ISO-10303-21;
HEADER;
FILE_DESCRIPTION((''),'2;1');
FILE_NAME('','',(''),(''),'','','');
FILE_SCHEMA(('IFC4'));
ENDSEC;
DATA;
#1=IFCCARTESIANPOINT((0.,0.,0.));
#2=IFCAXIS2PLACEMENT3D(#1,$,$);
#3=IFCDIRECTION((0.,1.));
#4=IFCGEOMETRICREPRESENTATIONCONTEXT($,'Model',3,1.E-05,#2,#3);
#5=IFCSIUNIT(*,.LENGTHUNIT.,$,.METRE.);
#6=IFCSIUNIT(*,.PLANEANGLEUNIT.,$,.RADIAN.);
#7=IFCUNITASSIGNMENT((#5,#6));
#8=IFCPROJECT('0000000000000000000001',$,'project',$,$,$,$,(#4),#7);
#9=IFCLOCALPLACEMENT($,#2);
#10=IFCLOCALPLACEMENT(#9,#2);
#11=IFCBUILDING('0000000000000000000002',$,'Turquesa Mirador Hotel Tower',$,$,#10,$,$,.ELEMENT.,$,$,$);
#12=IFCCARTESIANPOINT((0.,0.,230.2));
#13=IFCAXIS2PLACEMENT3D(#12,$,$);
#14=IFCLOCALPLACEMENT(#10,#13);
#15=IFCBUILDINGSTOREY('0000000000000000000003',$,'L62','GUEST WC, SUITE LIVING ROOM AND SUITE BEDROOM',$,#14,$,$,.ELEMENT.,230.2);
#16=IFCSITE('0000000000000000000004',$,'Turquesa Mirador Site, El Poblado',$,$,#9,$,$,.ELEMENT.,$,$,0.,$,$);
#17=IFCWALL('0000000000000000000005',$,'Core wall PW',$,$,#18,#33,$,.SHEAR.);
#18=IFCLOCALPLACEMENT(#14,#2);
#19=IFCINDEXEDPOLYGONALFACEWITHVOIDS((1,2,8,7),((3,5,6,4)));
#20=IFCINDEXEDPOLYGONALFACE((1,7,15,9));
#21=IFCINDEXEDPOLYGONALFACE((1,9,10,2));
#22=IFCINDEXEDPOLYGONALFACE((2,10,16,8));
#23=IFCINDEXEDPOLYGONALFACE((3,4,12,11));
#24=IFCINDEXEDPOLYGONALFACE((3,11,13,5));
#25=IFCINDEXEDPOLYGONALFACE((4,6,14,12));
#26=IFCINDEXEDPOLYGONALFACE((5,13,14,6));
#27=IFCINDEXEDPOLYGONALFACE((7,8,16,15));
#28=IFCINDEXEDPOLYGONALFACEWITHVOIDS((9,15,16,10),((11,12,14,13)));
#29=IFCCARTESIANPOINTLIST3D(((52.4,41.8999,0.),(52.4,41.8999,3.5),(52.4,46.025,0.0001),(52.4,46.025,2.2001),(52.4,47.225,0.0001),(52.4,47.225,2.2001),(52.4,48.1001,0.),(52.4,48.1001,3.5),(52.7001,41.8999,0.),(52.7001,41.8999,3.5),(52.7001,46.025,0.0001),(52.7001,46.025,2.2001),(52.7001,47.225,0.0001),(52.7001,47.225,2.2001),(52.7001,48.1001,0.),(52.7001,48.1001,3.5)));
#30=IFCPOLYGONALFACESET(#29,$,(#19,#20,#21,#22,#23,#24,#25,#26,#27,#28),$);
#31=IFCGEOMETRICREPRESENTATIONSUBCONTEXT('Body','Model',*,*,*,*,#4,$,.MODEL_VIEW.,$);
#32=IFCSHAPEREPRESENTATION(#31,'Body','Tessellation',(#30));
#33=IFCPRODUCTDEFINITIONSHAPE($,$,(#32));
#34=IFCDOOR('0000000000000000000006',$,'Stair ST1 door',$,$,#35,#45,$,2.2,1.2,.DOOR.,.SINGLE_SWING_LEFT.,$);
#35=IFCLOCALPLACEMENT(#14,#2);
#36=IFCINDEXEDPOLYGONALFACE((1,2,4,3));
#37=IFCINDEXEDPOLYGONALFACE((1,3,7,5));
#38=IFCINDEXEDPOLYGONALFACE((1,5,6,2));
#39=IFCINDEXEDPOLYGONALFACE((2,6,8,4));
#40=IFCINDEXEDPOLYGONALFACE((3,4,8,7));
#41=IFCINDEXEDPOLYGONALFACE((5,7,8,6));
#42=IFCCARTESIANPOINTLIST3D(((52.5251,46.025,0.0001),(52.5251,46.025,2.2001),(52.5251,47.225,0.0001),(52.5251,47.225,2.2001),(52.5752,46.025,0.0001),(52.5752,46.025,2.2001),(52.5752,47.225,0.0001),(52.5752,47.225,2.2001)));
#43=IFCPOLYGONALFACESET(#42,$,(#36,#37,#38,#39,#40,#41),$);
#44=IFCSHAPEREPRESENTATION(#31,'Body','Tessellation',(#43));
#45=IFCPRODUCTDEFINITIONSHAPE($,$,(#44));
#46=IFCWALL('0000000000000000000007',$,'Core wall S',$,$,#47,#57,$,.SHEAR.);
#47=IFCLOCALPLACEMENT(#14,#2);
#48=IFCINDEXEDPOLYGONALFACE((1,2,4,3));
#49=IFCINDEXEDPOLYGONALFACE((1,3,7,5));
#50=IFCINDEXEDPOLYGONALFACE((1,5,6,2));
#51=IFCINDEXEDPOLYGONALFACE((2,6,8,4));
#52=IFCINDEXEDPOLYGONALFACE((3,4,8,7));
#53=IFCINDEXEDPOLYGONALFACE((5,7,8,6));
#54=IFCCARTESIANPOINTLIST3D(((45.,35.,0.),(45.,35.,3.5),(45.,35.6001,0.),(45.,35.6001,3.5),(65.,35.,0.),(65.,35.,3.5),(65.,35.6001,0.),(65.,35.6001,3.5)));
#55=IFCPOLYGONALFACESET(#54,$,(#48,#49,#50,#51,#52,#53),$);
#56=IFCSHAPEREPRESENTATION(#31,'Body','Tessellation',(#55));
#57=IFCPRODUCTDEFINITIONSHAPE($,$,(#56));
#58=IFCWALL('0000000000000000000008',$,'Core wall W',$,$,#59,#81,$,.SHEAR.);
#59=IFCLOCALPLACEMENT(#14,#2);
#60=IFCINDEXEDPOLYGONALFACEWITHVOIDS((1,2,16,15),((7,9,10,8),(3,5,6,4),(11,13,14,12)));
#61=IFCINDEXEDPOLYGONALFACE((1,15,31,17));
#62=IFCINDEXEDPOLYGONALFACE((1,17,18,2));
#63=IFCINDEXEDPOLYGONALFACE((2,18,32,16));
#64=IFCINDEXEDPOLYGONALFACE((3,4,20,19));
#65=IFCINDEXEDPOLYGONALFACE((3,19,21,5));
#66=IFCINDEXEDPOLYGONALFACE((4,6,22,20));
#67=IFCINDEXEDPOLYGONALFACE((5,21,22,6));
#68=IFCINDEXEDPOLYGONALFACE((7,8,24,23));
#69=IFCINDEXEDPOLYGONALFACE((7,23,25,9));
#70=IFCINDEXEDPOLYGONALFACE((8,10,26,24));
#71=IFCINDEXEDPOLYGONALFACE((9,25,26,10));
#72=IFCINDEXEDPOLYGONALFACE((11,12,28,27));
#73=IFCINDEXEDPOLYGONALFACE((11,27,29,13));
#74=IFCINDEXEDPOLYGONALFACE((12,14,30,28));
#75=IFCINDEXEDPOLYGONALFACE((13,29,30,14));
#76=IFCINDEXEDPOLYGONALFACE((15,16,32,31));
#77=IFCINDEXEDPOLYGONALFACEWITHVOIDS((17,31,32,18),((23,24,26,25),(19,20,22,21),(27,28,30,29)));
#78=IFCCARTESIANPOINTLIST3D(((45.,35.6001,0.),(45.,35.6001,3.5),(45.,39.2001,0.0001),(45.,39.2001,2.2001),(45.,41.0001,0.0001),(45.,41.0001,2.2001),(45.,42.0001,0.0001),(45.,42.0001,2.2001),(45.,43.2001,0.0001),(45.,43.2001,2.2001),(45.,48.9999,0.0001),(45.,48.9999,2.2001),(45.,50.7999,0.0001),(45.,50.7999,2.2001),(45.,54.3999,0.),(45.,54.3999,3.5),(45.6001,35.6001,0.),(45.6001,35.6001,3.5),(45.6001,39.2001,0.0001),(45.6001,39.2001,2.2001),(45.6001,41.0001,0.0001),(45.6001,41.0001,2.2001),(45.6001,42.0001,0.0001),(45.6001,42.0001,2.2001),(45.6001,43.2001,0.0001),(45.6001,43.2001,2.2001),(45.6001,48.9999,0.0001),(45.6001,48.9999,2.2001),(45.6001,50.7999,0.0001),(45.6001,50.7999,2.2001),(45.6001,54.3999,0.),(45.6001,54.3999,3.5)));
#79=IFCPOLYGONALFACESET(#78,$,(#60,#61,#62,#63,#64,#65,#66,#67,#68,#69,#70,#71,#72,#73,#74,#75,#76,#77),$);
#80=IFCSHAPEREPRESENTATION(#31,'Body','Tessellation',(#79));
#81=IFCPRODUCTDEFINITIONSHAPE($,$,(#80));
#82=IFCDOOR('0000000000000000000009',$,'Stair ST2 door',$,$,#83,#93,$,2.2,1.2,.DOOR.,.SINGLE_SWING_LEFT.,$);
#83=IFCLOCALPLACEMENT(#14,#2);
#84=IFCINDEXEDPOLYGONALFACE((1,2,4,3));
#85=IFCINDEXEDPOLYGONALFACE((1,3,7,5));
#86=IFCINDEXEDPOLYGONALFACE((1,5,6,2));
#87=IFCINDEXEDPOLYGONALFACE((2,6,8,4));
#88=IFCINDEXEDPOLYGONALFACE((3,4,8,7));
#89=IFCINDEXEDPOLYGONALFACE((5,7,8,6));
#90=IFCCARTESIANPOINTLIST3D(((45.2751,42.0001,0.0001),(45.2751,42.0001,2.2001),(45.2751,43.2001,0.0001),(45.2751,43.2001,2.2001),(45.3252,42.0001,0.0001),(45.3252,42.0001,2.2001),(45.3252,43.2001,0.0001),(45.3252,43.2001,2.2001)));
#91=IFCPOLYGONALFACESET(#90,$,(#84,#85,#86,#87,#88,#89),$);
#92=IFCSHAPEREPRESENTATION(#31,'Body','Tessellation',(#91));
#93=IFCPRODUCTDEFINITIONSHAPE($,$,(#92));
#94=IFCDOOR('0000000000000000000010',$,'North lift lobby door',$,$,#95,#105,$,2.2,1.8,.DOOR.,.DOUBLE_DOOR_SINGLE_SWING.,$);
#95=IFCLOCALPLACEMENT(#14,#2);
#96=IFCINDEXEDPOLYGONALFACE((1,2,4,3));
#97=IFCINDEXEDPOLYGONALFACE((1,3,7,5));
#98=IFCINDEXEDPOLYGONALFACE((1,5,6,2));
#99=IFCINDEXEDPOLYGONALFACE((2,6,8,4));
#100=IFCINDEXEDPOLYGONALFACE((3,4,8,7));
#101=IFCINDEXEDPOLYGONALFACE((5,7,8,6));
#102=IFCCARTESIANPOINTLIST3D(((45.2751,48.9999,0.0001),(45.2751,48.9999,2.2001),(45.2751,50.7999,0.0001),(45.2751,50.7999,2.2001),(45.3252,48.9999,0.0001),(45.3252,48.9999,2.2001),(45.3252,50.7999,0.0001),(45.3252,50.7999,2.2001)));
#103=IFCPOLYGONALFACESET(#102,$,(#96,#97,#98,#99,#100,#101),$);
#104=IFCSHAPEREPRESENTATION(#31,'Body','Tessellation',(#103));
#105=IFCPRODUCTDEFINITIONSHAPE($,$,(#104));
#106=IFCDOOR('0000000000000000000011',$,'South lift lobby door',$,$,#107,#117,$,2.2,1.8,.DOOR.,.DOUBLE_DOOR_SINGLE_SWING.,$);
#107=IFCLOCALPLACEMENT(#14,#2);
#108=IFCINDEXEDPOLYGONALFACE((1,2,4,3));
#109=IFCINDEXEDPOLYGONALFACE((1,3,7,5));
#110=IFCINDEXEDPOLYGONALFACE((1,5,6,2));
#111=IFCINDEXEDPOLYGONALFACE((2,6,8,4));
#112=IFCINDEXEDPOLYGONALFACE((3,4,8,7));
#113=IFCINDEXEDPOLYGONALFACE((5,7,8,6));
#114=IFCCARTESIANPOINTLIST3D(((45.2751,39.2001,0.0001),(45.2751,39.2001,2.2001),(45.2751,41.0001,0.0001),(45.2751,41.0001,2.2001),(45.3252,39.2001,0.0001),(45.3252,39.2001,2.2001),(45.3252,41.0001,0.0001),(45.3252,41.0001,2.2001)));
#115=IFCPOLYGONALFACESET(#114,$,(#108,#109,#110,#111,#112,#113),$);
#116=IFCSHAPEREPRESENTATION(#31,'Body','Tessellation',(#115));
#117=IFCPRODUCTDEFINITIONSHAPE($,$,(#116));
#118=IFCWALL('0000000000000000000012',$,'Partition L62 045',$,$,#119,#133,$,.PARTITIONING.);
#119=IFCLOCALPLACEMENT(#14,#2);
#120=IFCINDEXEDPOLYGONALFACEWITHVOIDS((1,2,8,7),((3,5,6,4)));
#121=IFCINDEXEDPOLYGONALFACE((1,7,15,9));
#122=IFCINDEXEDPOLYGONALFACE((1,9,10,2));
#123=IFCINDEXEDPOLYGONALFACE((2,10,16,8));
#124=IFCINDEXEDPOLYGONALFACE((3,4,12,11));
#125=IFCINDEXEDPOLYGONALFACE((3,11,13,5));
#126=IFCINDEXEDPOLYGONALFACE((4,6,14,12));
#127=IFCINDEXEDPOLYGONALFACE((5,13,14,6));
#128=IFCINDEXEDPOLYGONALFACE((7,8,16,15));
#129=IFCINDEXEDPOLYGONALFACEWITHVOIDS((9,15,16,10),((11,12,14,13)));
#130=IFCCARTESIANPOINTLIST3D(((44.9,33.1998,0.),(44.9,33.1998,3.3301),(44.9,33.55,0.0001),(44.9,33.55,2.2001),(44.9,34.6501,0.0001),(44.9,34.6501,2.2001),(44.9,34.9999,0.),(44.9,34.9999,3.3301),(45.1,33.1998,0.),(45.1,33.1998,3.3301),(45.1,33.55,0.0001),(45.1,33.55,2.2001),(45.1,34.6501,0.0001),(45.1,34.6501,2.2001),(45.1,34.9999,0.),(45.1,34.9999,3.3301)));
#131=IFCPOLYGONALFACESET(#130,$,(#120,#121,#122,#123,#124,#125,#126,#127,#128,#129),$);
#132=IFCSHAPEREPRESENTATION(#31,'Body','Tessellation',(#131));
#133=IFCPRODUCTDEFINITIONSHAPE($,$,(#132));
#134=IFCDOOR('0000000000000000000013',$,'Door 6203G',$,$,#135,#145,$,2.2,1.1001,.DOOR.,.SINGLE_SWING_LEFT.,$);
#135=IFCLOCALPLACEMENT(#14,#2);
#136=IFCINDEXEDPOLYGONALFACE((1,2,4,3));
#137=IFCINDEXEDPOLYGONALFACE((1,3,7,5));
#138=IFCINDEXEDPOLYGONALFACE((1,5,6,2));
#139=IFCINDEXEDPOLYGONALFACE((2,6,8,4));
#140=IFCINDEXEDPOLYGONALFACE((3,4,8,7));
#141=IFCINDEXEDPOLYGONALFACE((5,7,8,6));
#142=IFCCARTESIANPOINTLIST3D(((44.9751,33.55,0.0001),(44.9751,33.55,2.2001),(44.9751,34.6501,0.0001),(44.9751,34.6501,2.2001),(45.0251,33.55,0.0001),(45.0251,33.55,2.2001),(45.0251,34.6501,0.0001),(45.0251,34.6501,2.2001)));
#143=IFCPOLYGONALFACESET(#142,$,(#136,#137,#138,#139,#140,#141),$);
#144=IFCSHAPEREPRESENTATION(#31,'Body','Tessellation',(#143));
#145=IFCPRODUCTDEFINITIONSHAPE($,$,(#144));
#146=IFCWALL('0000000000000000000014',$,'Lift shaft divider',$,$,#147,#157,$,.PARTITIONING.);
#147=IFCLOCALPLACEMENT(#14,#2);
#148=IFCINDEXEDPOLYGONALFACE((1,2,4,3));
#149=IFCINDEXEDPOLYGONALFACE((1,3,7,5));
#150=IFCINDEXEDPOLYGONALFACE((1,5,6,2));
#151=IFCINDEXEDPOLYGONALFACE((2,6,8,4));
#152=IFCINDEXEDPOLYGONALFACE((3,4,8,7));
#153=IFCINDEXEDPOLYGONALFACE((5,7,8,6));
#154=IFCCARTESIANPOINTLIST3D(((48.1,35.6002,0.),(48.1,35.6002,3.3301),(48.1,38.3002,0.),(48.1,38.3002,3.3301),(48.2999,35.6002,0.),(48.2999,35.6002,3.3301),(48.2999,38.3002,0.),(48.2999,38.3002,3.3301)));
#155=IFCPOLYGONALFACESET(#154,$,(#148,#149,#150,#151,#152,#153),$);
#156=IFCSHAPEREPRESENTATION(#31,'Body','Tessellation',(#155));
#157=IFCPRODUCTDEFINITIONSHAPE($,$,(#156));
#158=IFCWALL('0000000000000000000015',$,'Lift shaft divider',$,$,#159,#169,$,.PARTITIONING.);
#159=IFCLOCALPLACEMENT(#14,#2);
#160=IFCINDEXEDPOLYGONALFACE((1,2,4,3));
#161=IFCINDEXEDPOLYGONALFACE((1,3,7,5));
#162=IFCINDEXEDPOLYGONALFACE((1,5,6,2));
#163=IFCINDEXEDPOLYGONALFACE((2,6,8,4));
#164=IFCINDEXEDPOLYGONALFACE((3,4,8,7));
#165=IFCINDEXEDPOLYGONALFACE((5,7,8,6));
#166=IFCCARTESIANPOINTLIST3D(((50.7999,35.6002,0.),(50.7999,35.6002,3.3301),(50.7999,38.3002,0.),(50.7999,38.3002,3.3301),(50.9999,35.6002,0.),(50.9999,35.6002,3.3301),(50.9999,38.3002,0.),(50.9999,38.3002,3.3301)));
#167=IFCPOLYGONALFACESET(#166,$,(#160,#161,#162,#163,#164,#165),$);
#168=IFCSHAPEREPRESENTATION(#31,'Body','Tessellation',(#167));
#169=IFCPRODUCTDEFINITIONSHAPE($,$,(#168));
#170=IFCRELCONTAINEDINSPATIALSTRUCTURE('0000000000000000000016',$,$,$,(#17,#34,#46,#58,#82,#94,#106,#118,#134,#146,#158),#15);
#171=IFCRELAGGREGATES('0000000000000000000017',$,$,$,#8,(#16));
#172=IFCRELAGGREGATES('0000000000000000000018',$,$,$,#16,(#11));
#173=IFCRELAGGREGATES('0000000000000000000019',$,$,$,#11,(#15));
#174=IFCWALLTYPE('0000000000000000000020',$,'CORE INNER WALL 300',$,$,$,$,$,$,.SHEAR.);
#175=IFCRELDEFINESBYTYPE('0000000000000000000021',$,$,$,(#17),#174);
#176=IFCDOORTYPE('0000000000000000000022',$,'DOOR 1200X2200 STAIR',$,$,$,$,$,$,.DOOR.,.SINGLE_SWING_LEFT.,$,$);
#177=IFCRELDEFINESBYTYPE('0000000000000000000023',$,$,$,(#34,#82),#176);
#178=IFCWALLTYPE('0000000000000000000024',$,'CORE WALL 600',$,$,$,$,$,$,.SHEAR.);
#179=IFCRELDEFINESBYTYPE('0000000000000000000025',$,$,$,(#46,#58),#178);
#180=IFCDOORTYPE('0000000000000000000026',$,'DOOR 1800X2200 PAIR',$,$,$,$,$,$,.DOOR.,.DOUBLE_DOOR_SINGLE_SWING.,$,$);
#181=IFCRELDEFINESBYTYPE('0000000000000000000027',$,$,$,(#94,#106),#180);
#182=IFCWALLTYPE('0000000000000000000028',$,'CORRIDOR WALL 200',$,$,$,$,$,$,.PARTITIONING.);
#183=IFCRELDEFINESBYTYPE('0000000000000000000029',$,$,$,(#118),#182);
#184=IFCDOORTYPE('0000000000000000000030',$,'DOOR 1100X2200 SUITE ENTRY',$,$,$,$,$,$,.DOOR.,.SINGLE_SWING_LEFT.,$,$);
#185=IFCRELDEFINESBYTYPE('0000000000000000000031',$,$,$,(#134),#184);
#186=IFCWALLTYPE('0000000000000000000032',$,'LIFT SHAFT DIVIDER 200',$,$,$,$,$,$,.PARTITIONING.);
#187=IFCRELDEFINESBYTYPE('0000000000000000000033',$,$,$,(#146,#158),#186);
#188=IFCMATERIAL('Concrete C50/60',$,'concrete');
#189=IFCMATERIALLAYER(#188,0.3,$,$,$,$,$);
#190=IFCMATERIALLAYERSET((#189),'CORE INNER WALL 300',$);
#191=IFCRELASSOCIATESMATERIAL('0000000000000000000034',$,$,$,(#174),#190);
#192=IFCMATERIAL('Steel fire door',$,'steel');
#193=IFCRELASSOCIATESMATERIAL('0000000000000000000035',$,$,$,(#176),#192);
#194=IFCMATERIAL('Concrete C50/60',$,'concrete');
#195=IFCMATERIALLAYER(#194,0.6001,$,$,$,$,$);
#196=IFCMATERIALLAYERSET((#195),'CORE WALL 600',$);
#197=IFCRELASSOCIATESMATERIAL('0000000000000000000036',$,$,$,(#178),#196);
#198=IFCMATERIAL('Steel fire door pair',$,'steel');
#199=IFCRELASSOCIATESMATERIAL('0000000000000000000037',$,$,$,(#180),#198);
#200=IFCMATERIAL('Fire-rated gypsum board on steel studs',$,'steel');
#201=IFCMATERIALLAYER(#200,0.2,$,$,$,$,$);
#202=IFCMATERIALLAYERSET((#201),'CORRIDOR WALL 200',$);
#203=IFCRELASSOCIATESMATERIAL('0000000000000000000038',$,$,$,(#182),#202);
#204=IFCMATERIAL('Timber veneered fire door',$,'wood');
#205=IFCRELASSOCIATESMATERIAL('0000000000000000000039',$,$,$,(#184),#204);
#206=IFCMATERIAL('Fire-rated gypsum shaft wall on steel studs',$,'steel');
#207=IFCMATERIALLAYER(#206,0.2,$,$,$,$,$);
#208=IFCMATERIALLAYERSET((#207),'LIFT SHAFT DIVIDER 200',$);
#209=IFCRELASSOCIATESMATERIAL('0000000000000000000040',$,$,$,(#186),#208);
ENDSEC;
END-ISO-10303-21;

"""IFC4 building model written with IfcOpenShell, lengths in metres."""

from ifc_helpers import new_model, si_unit, direction, frame, frame_2d, origin, place, context, subcontext, project, spatial, rectangle, extrude, material, layer, layer_set, type_object, element, fill, save


model = new_model("IFC4")

# Units and contexts
model_context = context("Model", 3, precision=1e-05, world=origin(), true_north=direction((0.0, 1.0)))
body_context = subcontext(model_context, "Body", "Model", "MODEL_VIEW")
ifc_project = project(units=[si_unit("LENGTHUNIT", "METRE"), si_unit("PLANEANGLEUNIT", "RADIAN")], contexts=[model_context])

# Site, building, storey
site_placement = place(None, origin())
site = spatial("IfcSite", under=ifc_project, at=site_placement, Name="Turquesa Mirador Site, El Poblado", CompositionType="ELEMENT", RefElevation=0.0)
building_placement = place(site_placement, origin())
building = spatial("IfcBuilding", under=site, at=building_placement, Name="Turquesa Mirador Hotel Tower", CompositionType="ELEMENT")
storey_placement = place(building_placement, frame((0.0, 0.0, 230.2)))
storey = spatial("IfcBuildingStorey", under=building, at=storey_placement, Name="L62", Description="GUEST WC, SUITE LIVING ROOM AND SUITE BEDROOM", CompositionType="ELEMENT", Elevation=230.2)

# Shared definitions
ifc_material_1 = material(Name="Concrete C50/60", Category="concrete")
ifc_layer_1 = layer(ifc_material_1, 0.3)
ifc_layer_set_1 = layer_set([ifc_layer_1], Name="CORE INNER WALL 300")
wall_type_1 = type_object("IfcWallType", Name="CORE INNER WALL 300", PredefinedType="SHEAR", material=ifc_layer_set_1)

# Wall, opening, door
wall_1_placement = place(storey_placement, frame((52.55, 41.8999, 0.0), z_axis=(0.0, 0.0, 1.0), x_axis=(0.0, 1.0, 0.0)))
wall_1 = element("IfcWall", 1, at=wall_1_placement, inside=storey, type_object=wall_type_1, Name="Core wall PW", PredefinedType="SHEAR", context=body_context, shape_type="SweptSolid", body=[
    extrude(rectangle(XDim=6.2002, YDim=0.3, at=frame_2d((3.1001, 0.0))), origin(), (0.0, 0.0, 1.0), 3.5),
])
opening_1_placement = place(wall_1_placement, frame((4.125, 0.0, 0.0)))
opening_1 = element("IfcOpeningElement", 2, at=opening_1_placement, cuts=wall_1, PredefinedType="OPENING", context=body_context, shape_type="SweptSolid", body=[
    extrude(rectangle(XDim=1.2, YDim=2.2, at=frame_2d((0.6001, 1.1001))), frame((0.0, 0.1599, 0.0), z_axis=(0.0, -1.0, 0.0), x_axis=(1.0, 0.0, 0.0)), (0.0, 0.0, 1.0), 0.3201),
])
ifc_material_2 = material(Name="Steel fire door", Category="steel")
door_type_1 = type_object("IfcDoorType", Name="DOOR 1200X2200 STAIR", OperationType="SINGLE_SWING_LEFT", PredefinedType="DOOR", material=ifc_material_2)
door_1_placement = place(opening_1_placement, origin())
door_1 = element("IfcDoor", 3, at=door_1_placement, inside=storey, type_object=door_type_1, Name="Stair ST1 door", OperationType="SINGLE_SWING_LEFT", OverallHeight=2.2, OverallWidth=1.2, PredefinedType="DOOR", context=body_context, shape_type="SweptSolid", body=[
    extrude(rectangle(XDim=1.2, YDim=2.2, at=frame_2d((0.6001, 1.1001))), frame((0.0, 0.0249, 0.0), z_axis=(0.0, -1.0, 0.0), x_axis=(1.0, 0.0, 0.0)), (0.0, 0.0, 1.0), 0.05),
])
fill(opening_1, door_1)

# Wall
ifc_material_3 = material(Name="Concrete C50/60", Category="concrete")
ifc_layer_2 = layer(ifc_material_3, 0.6001)
ifc_layer_set_2 = layer_set([ifc_layer_2], Name="CORE WALL 600")
wall_type_2 = type_object("IfcWallType", Name="CORE WALL 600", PredefinedType="SHEAR", material=ifc_layer_set_2)
wall_2_placement = place(storey_placement, frame((45.0, 35.3, 0.0), z_axis=(0.0, 0.0, 1.0), x_axis=(1.0, 0.0, 0.0)))
element("IfcWall", 4, at=wall_2_placement, inside=storey, type_object=wall_type_2, Name="Core wall S", PredefinedType="SHEAR", context=body_context, shape_type="SweptSolid", body=[
    extrude(rectangle(XDim=20.0, YDim=0.6001, at=frame_2d((10.0, 0.0))), origin(), (0.0, 0.0, 1.0), 3.5),
])

# Wall, openings, doors
wall_3_placement = place(storey_placement, frame((45.3, 35.6001, 0.0), z_axis=(0.0, 0.0, 1.0), x_axis=(0.0, 1.0, 0.0)))
wall_3 = element("IfcWall", 5, at=wall_3_placement, inside=storey, type_object=wall_type_2, Name="Core wall W", PredefinedType="SHEAR", context=body_context, shape_type="SweptSolid", body=[
    extrude(rectangle(XDim=18.7998, YDim=0.6001, at=frame_2d((9.3999, 0.0))), origin(), (0.0, 0.0, 1.0), 3.5),
])
opening_2_placement = place(wall_3_placement, frame((13.3999, 0.0, 0.0)))
opening_2 = element("IfcOpeningElement", 6, at=opening_2_placement, cuts=wall_3, PredefinedType="OPENING", context=body_context, shape_type="SweptSolid", body=[
    extrude(rectangle(XDim=1.8, YDim=2.2, at=frame_2d((0.8999, 1.1001))), frame((0.0, 0.3101, 0.0), z_axis=(0.0, -1.0, 0.0), x_axis=(1.0, 0.0, 0.0)), (0.0, 0.0, 1.0), 0.6201),
])
opening_3_placement = place(wall_3_placement, frame((3.6001, 0.0, 0.0)))
opening_3 = element("IfcOpeningElement", 7, at=opening_3_placement, cuts=wall_3, PredefinedType="OPENING", context=body_context, shape_type="SweptSolid", body=[
    extrude(rectangle(XDim=1.8, YDim=2.2, at=frame_2d((0.8999, 1.1001))), frame((0.0, 0.3101, 0.0), z_axis=(0.0, -1.0, 0.0), x_axis=(1.0, 0.0, 0.0)), (0.0, 0.0, 1.0), 0.6201),
])
opening_4_placement = place(wall_3_placement, frame((6.3999, 0.0, 0.0)))
opening_4 = element("IfcOpeningElement", 8, at=opening_4_placement, cuts=wall_3, PredefinedType="OPENING", context=body_context, shape_type="SweptSolid", body=[
    extrude(rectangle(XDim=1.2, YDim=2.2, at=frame_2d((0.6001, 1.1001))), frame((0.0, 0.3101, 0.0), z_axis=(0.0, -1.0, 0.0), x_axis=(1.0, 0.0, 0.0)), (0.0, 0.0, 1.0), 0.6201),
])
door_2_placement = place(opening_4_placement, origin())
door_2 = element("IfcDoor", 9, at=door_2_placement, inside=storey, type_object=door_type_1, Name="Stair ST2 door", OperationType="SINGLE_SWING_LEFT", OverallHeight=2.2, OverallWidth=1.2, PredefinedType="DOOR", context=body_context, shape_type="SweptSolid", body=[
    extrude(rectangle(XDim=1.2, YDim=2.2, at=frame_2d((0.6001, 1.1001))), frame((0.0, 0.0249, 0.0), z_axis=(0.0, -1.0, 0.0), x_axis=(1.0, 0.0, 0.0)), (0.0, 0.0, 1.0), 0.05),
])
fill(opening_4, door_2)
ifc_material_4 = material(Name="Steel fire door pair", Category="steel")
door_type_2 = type_object("IfcDoorType", Name="DOOR 1800X2200 PAIR", OperationType="DOUBLE_DOOR_SINGLE_SWING", PredefinedType="DOOR", material=ifc_material_4)
door_3_placement = place(opening_2_placement, origin())
door_3 = element("IfcDoor", 10, at=door_3_placement, inside=storey, type_object=door_type_2, Name="North lift lobby door", OperationType="DOUBLE_DOOR_SINGLE_SWING", OverallHeight=2.2, OverallWidth=1.8, PredefinedType="DOOR", context=body_context, shape_type="SweptSolid", body=[
    extrude(rectangle(XDim=1.8, YDim=2.2, at=frame_2d((0.8999, 1.1001))), frame((0.0, 0.0249, 0.0), z_axis=(0.0, -1.0, 0.0), x_axis=(1.0, 0.0, 0.0)), (0.0, 0.0, 1.0), 0.05),
])
fill(opening_2, door_3)
door_4_placement = place(opening_3_placement, origin())
door_4 = element("IfcDoor", 11, at=door_4_placement, inside=storey, type_object=door_type_2, Name="South lift lobby door", OperationType="DOUBLE_DOOR_SINGLE_SWING", OverallHeight=2.2, OverallWidth=1.8, PredefinedType="DOOR", context=body_context, shape_type="SweptSolid", body=[
    extrude(rectangle(XDim=1.8, YDim=2.2, at=frame_2d((0.8999, 1.1001))), frame((0.0, 0.0249, 0.0), z_axis=(0.0, -1.0, 0.0), x_axis=(1.0, 0.0, 0.0)), (0.0, 0.0, 1.0), 0.05),
])
fill(opening_3, door_4)

# Wall, opening, door
ifc_material_5 = material(Name="Fire-rated gypsum board on steel studs", Category="steel")
ifc_layer_3 = layer(ifc_material_5, 0.2)
ifc_layer_set_3 = layer_set([ifc_layer_3], Name="CORRIDOR WALL 200")
wall_type_3 = type_object("IfcWallType", Name="CORRIDOR WALL 200", PredefinedType="PARTITIONING", material=ifc_layer_set_3)
wall_4_placement = place(storey_placement, frame((45.0, 33.2, 0.0), z_axis=(0.0, 0.0, 1.0), x_axis=(0.0, 1.0, 0.0)))
wall_4 = element("IfcWall", 12, at=wall_4_placement, inside=storey, type_object=wall_type_3, Name="Partition L62 045", PredefinedType="PARTITIONING", context=body_context, shape_type="SweptSolid", body=[
    extrude(rectangle(XDim=1.8, YDim=0.2, at=frame_2d((0.8999, 0.0))), origin(), (0.0, 0.0, 1.0), 3.3301),
])
opening_5_placement = place(wall_4_placement, frame((0.3501, 0.0, 0.0)))
opening_5 = element("IfcOpeningElement", 13, at=opening_5_placement, cuts=wall_4, PredefinedType="OPENING", context=body_context, shape_type="SweptSolid", body=[
    extrude(rectangle(XDim=1.1001, YDim=2.2, at=frame_2d((0.55, 1.1001))), frame((0.0, 0.1099, 0.0), z_axis=(0.0, -1.0, 0.0), x_axis=(1.0, 0.0, 0.0)), (0.0, 0.0, 1.0), 0.22),
])
ifc_material_6 = material(Name="Timber veneered fire door", Category="wood")
door_type_3 = type_object("IfcDoorType", Name="DOOR 1100X2200 SUITE ENTRY", OperationType="SINGLE_SWING_LEFT", PredefinedType="DOOR", material=ifc_material_6)
door_5_placement = place(opening_5_placement, origin())
door_5 = element("IfcDoor", 14, at=door_5_placement, inside=storey, type_object=door_type_3, Name="Door 6203G", OperationType="SINGLE_SWING_LEFT", OverallHeight=2.2, OverallWidth=1.1001, PredefinedType="DOOR", context=body_context, shape_type="SweptSolid", body=[
    extrude(rectangle(XDim=1.1001, YDim=2.2, at=frame_2d((0.55, 1.1001))), frame((0.0, 0.0249, 0.0), z_axis=(0.0, -1.0, 0.0), x_axis=(1.0, 0.0, 0.0)), (0.0, 0.0, 1.0), 0.05),
])
fill(opening_5, door_5)

# Walls
ifc_material_7 = material(Name="Fire-rated gypsum shaft wall on steel studs", Category="steel")
ifc_layer_4 = layer(ifc_material_7, 0.2)
ifc_layer_set_4 = layer_set([ifc_layer_4], Name="LIFT SHAFT DIVIDER 200")
wall_type_4 = type_object("IfcWallType", Name="LIFT SHAFT DIVIDER 200", PredefinedType="PARTITIONING", material=ifc_layer_set_4)
for number, where, z_axis, x_axis, name in (
    (15, (48.2, 35.6001, 0.0), (0.0, 0.0, 1.0), (0.0, 1.0, 0.0), "Lift shaft divider"),
    (16, (50.8999, 35.6001, 0.0), (0.0, 0.0, 1.0), (0.0, 1.0, 0.0), "Lift shaft divider"),
):
    element("IfcWall", number, at=place(storey_placement, frame(where, z_axis=z_axis, x_axis=x_axis)), inside=storey, type_object=wall_type_4, Name=name, PredefinedType="PARTITIONING", context=body_context, shape_type="SweptSolid", body=[
        extrude(rectangle(XDim=2.7, YDim=0.2, at=frame_2d((1.3501, 0.0))), origin(), (0.0, 0.0, 1.0), 3.3301),
    ])

save(model, "model.ifc")
